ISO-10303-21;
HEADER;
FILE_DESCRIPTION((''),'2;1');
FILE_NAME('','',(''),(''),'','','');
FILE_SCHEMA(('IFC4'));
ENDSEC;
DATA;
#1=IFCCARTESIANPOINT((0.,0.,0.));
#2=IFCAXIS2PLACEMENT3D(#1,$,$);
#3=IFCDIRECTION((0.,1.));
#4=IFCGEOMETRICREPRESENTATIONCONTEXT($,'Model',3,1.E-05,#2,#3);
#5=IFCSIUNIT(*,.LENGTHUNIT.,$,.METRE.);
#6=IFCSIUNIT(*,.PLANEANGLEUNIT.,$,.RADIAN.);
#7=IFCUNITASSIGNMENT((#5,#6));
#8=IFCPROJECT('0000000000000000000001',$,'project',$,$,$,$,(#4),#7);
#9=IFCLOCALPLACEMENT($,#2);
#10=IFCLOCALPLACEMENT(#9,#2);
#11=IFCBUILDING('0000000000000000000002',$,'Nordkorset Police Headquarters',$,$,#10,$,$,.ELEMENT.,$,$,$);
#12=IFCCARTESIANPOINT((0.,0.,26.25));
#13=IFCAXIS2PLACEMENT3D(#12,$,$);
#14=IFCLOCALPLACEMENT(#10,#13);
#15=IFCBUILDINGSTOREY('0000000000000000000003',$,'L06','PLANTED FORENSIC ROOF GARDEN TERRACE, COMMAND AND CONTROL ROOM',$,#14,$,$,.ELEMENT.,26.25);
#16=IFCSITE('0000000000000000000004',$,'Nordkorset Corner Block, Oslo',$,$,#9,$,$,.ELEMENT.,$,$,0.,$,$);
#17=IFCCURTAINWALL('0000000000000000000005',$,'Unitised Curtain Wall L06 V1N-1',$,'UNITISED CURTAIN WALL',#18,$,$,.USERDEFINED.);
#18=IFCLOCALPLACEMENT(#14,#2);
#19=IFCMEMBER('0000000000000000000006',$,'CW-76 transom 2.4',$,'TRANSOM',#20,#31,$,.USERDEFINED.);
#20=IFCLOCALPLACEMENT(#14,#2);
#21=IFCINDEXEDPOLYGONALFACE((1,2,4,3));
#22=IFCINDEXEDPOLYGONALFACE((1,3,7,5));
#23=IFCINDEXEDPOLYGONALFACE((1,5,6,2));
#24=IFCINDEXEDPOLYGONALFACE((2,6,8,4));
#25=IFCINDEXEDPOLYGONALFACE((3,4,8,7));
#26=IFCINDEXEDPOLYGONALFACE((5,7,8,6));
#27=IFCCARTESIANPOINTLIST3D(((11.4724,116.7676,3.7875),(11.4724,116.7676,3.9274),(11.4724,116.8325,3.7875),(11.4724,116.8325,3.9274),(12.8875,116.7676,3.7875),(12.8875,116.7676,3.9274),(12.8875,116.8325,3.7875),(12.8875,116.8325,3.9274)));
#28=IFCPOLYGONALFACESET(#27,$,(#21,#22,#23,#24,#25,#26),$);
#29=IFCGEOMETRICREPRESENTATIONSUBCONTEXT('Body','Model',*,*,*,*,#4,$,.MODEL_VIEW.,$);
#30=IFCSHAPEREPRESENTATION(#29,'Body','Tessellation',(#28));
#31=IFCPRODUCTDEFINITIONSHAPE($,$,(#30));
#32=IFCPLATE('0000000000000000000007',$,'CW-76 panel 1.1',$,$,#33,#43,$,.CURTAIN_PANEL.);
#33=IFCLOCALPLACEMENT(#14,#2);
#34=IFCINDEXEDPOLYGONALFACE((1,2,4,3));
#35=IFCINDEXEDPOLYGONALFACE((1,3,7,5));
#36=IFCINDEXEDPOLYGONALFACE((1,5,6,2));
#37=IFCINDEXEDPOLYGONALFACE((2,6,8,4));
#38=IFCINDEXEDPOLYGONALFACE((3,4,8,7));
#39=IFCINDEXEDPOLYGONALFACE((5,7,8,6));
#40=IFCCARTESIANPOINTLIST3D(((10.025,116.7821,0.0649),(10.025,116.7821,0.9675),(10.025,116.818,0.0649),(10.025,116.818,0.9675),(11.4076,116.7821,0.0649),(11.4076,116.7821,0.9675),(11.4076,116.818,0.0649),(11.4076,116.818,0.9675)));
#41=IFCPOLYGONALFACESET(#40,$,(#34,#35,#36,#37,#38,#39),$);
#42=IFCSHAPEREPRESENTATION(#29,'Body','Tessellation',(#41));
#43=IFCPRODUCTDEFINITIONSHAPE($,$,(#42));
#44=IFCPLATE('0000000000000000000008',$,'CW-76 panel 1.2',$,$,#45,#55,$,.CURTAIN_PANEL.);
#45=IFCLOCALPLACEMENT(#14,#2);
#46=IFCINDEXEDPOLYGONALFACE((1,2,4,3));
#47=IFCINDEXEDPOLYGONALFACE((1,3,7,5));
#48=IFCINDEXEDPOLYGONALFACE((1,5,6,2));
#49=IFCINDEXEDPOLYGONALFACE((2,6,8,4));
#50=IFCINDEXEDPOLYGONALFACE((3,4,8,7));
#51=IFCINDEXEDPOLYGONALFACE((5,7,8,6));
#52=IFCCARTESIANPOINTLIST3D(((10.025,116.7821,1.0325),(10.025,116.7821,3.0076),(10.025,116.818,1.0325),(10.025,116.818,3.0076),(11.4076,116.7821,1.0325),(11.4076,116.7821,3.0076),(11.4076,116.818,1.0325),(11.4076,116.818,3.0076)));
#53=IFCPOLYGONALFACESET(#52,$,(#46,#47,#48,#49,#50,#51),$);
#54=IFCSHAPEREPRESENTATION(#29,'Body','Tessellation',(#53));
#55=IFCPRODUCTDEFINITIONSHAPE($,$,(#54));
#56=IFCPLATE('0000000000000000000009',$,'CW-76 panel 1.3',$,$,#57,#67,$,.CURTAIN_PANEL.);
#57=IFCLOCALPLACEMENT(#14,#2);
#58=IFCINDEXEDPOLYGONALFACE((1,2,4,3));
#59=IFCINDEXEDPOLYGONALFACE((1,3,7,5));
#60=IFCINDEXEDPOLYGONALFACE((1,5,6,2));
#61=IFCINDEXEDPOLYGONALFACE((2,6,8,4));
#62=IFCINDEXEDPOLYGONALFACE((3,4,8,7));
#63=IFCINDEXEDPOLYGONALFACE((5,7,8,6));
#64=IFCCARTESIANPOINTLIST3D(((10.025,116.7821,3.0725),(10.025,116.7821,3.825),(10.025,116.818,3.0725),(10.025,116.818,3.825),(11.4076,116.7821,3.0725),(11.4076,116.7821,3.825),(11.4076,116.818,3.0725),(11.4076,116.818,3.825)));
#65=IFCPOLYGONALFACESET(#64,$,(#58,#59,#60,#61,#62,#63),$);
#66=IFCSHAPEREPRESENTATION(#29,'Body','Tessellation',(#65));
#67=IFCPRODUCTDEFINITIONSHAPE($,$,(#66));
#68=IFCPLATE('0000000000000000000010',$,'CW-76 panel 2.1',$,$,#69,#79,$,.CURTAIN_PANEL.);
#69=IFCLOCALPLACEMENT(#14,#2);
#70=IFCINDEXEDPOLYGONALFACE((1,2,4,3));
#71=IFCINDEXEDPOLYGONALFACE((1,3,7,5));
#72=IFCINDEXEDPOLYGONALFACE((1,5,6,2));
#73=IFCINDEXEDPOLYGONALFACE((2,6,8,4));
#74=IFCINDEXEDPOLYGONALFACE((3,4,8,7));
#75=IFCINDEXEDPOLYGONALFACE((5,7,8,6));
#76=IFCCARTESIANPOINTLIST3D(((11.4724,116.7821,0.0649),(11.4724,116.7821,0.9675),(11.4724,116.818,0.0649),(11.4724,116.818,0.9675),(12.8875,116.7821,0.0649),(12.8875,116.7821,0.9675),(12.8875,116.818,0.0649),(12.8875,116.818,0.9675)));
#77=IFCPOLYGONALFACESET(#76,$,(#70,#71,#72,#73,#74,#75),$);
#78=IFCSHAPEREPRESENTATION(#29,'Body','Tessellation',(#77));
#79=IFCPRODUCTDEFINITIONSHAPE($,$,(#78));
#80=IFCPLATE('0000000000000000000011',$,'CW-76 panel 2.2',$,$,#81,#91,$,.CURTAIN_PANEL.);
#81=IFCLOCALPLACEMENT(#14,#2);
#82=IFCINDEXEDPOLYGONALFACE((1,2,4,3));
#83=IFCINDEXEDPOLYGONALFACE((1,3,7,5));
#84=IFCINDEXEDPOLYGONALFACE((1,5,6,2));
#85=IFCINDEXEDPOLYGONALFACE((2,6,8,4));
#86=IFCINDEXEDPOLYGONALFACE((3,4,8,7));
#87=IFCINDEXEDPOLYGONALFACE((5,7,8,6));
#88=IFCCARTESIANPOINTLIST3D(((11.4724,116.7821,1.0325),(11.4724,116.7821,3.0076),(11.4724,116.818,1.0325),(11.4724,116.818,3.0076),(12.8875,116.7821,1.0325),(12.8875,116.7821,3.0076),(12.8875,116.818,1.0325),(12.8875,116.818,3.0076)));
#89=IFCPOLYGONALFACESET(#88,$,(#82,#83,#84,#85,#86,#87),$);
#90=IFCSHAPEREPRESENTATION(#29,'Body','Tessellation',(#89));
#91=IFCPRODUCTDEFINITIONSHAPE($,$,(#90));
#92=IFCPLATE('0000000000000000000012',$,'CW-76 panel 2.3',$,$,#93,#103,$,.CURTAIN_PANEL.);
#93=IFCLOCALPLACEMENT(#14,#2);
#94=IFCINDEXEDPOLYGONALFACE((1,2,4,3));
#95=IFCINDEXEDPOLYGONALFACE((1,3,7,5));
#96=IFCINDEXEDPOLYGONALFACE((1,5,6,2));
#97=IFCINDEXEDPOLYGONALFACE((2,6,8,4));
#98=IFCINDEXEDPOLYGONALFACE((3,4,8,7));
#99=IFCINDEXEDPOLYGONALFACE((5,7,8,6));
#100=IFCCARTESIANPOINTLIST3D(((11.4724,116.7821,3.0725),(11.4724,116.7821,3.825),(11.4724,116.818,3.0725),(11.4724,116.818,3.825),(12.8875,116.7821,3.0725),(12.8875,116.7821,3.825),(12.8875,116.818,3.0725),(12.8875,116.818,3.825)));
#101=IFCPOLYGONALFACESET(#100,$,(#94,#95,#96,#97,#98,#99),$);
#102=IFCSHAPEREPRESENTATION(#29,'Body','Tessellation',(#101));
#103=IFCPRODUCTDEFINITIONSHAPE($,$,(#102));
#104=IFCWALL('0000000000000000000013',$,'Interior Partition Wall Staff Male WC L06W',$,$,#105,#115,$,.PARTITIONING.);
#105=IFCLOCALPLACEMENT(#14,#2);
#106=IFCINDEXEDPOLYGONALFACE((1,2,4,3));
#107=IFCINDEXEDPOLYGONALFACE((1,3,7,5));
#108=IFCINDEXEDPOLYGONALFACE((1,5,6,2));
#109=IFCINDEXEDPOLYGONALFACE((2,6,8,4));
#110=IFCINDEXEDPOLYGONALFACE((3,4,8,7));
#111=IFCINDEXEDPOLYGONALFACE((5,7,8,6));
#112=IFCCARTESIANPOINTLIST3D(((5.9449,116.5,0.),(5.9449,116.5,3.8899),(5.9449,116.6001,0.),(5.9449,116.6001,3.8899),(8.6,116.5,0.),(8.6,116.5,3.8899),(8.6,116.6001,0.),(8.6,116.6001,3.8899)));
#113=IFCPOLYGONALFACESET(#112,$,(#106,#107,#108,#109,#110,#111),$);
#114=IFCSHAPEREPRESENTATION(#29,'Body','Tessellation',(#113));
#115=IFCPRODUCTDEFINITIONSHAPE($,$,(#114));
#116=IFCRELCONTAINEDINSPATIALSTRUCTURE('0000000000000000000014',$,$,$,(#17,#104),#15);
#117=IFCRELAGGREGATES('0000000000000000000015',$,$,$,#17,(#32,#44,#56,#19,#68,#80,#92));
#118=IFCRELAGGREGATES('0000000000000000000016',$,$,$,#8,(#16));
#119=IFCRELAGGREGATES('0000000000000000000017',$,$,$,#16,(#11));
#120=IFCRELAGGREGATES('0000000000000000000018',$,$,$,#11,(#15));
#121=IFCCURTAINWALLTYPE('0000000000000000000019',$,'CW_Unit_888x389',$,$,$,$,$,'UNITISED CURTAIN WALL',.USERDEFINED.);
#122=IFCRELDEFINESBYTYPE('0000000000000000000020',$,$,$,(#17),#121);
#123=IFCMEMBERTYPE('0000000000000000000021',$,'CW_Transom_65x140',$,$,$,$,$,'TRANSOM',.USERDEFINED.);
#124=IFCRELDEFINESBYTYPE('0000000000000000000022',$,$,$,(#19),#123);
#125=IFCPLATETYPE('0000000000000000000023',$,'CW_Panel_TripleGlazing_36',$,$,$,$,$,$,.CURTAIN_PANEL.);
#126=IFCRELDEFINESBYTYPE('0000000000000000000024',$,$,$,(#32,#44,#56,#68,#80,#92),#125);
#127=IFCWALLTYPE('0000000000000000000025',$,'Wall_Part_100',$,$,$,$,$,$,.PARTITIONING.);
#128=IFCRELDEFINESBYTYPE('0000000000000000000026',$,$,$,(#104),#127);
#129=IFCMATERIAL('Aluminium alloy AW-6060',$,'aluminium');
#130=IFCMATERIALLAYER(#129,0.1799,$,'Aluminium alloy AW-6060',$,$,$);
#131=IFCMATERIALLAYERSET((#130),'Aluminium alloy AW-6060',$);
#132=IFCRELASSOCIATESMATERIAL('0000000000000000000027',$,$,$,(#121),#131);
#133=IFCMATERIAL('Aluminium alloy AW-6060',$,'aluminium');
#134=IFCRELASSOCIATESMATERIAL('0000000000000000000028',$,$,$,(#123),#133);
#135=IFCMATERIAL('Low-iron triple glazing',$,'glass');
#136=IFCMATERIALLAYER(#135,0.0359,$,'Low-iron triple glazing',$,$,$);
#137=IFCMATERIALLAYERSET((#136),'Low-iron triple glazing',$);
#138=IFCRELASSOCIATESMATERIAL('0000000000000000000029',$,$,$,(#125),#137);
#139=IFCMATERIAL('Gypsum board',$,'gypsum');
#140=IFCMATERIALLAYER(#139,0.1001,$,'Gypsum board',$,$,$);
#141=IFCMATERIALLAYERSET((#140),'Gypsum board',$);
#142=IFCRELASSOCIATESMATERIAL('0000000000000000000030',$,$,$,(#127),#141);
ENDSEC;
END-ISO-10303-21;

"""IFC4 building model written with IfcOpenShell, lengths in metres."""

from ifc_helpers import new_model, si_unit, direction, frame, frame_2d, origin, origin_2d, place, context, subcontext, project, spatial, rectangle, extrude, material, layer, layer_set, material_profile, profile_set, type_object, element, aggregate, save


model = new_model("IFC4")

# Units and contexts
model_context = context("Model", 3, precision=1e-05, world=origin(), true_north=direction((0.0, 1.0)))
body_context = subcontext(model_context, "Body", "Model", "MODEL_VIEW")
ifc_project = project(units=[si_unit("LENGTHUNIT", "METRE"), si_unit("PLANEANGLEUNIT", "RADIAN")], contexts=[model_context])

# Site, building, storey
site_placement = place(None, origin())
site = spatial("IfcSite", under=ifc_project, at=site_placement, Name="Nordkorset Corner Block, Oslo", CompositionType="ELEMENT", RefElevation=0.0)
building_placement = place(site_placement, origin())
building = spatial("IfcBuilding", under=site, at=building_placement, Name="Nordkorset Police Headquarters", CompositionType="ELEMENT")
storey_placement = place(building_placement, frame((0.0, 0.0, 26.25)))
storey = spatial("IfcBuildingStorey", under=building, at=storey_placement, Name="L06", Description="PLANTED FORENSIC ROOF GARDEN TERRACE, COMMAND AND CONTROL ROOM", CompositionType="ELEMENT", Elevation=26.25)

# Shared definitions
ifc_material_1 = material(Name="Aluminium alloy AW-6060", Category="aluminium")
ifc_layer_1 = layer(ifc_material_1, 0.1799, Name="Aluminium alloy AW-6060")
ifc_layer_set_1 = layer_set([ifc_layer_1], Name="Aluminium alloy AW-6060")
curtain_wall_type = type_object("IfcCurtainWallType", Name="CW_Unit_888x389", ElementType="UNITISED CURTAIN WALL", PredefinedType="USERDEFINED", material=ifc_layer_set_1)

# Curtain wall, member, plates
curtain_wall_1_placement = place(storey_placement, origin())
curtain_wall_1 = element("IfcCurtainWall", 1, at=curtain_wall_1_placement, inside=storey, type_object=curtain_wall_type, Name="Unitised Curtain Wall L06 V1N-1", ObjectType="UNITISED CURTAIN WALL", PredefinedType="USERDEFINED")
ifc_material_2 = material(Name="Aluminium alloy AW-6060", Category="aluminium")
ifc_material_profile_1 = material_profile(ifc_material_2, rectangle(XDim=0.0649, YDim=0.1399, at=origin_2d()), Name="ALU TRAN 65x140")
ifc_profile_set_1 = profile_set([ifc_material_profile_1], Name="Aluminium alloy AW-6060")
member_type_1 = type_object("IfcMemberType", Name="CW_Transom_65x140", ElementType="TRANSOM", PredefinedType="USERDEFINED", material=ifc_profile_set_1)
member_1_placement = place(storey_placement, frame((11.4724, 116.8, 3.8574), z_axis=(1.0, 0.0, 0.0), x_axis=(0.0, 1.0, 0.0)))
member_1 = element("IfcMember", 2, at=member_1_placement, type_object=member_type_1, Name="CW-76 transom 2.4", ObjectType="TRANSOM", PredefinedType="USERDEFINED", context=body_context, shape_type="SweptSolid", body=[
    extrude(rectangle(XDim=0.0649, YDim=0.1399, at=origin_2d()), origin(), (0.0, 0.0, 1.0), 1.415),
])
ifc_material_3 = material(Name="Low-iron triple glazing", Category="glass")
ifc_layer_2 = layer(ifc_material_3, 0.0359, Name="Low-iron triple glazing")
ifc_layer_set_2 = layer_set([ifc_layer_2], Name="Low-iron triple glazing")
plate_type = type_object("IfcPlateType", Name="CW_Panel_TripleGlazing_36", PredefinedType="CURTAIN_PANEL", material=ifc_layer_set_2)
plate_1_placement = place(storey_placement, frame((10.7163, 116.8, 0.0649), z_axis=(0.0, 0.0, 1.0), x_axis=(1.0, 0.0, 0.0)))
plate_1 = element("IfcPlate", 3, at=plate_1_placement, type_object=plate_type, Name="CW-76 panel 1.1", PredefinedType="CURTAIN_PANEL", context=body_context, shape_type="SweptSolid", body=[
    extrude(rectangle(XDim=1.3826, YDim=0.0359, at=origin_2d()), origin(), (0.0, 0.0, 1.0), 0.9026),
])
plate_2_placement = place(storey_placement, frame((10.7163, 116.8, 1.0325), z_axis=(0.0, 0.0, 1.0), x_axis=(1.0, 0.0, 0.0)))
plate_2 = element("IfcPlate", 4, at=plate_2_placement, type_object=plate_type, Name="CW-76 panel 1.2", PredefinedType="CURTAIN_PANEL", context=body_context, shape_type="SweptSolid", body=[
    extrude(rectangle(XDim=1.3826, YDim=0.0359, at=origin_2d()), origin(), (0.0, 0.0, 1.0), 1.9751),
])
plate_3_placement = place(storey_placement, frame((10.7163, 116.8, 3.0725), z_axis=(0.0, 0.0, 1.0), x_axis=(1.0, 0.0, 0.0)))
plate_3 = element("IfcPlate", 5, at=plate_3_placement, type_object=plate_type, Name="CW-76 panel 1.3", PredefinedType="CURTAIN_PANEL", context=body_context, shape_type="SweptSolid", body=[
    extrude(rectangle(XDim=1.3826, YDim=0.0359, at=origin_2d()), origin(), (0.0, 0.0, 1.0), 0.7524),
])
plate_4_placement = place(storey_placement, frame((12.1799, 116.8, 0.0649), z_axis=(0.0, 0.0, 1.0), x_axis=(1.0, 0.0, 0.0)))
plate_4 = element("IfcPlate", 6, at=plate_4_placement, type_object=plate_type, Name="CW-76 panel 2.1", PredefinedType="CURTAIN_PANEL", context=body_context, shape_type="SweptSolid", body=[
    extrude(rectangle(XDim=1.415, YDim=0.0359, at=origin_2d()), origin(), (0.0, 0.0, 1.0), 0.9026),
])
plate_5_placement = place(storey_placement, frame((12.1799, 116.8, 1.0325), z_axis=(0.0, 0.0, 1.0), x_axis=(1.0, 0.0, 0.0)))
plate_5 = element("IfcPlate", 7, at=plate_5_placement, type_object=plate_type, Name="CW-76 panel 2.2", PredefinedType="CURTAIN_PANEL", context=body_context, shape_type="SweptSolid", body=[
    extrude(rectangle(XDim=1.415, YDim=0.0359, at=origin_2d()), origin(), (0.0, 0.0, 1.0), 1.9751),
])
plate_6_placement = place(storey_placement, frame((12.1799, 116.8, 3.0725), z_axis=(0.0, 0.0, 1.0), x_axis=(1.0, 0.0, 0.0)))
plate_6 = element("IfcPlate", 8, at=plate_6_placement, type_object=plate_type, Name="CW-76 panel 2.3", PredefinedType="CURTAIN_PANEL", context=body_context, shape_type="SweptSolid", body=[
    extrude(rectangle(XDim=1.415, YDim=0.0359, at=origin_2d()), origin(), (0.0, 0.0, 1.0), 0.7524),
])
aggregate(curtain_wall_1, [plate_1, plate_2, plate_3, member_1, plate_4, plate_5, plate_6])

# Wall
ifc_material_4 = material(Name="Gypsum board", Category="gypsum")
ifc_layer_3 = layer(ifc_material_4, 0.1001, Name="Gypsum board")
ifc_layer_set_3 = layer_set([ifc_layer_3], Name="Gypsum board")
wall_type = type_object("IfcWallType", Name="Wall_Part_100", PredefinedType="PARTITIONING", material=ifc_layer_set_3)
wall_placement = place(storey_placement, frame((8.6001, 116.55, 0.0), z_axis=(0.0, 0.0, 1.0), x_axis=(-1.0, 0.0, 0.0)))
element("IfcWall", 9, at=wall_placement, inside=storey, type_object=wall_type, Name="Interior Partition Wall Staff Male WC L06W", PredefinedType="PARTITIONING", context=body_context, shape_type="SweptSolid", body=[
    extrude(rectangle(XDim=2.655, YDim=0.1001, at=frame_2d((1.3276, 0.0))), origin(), (0.0, 0.0, 1.0), 3.8899),
])

save(model, "model.ifc")
